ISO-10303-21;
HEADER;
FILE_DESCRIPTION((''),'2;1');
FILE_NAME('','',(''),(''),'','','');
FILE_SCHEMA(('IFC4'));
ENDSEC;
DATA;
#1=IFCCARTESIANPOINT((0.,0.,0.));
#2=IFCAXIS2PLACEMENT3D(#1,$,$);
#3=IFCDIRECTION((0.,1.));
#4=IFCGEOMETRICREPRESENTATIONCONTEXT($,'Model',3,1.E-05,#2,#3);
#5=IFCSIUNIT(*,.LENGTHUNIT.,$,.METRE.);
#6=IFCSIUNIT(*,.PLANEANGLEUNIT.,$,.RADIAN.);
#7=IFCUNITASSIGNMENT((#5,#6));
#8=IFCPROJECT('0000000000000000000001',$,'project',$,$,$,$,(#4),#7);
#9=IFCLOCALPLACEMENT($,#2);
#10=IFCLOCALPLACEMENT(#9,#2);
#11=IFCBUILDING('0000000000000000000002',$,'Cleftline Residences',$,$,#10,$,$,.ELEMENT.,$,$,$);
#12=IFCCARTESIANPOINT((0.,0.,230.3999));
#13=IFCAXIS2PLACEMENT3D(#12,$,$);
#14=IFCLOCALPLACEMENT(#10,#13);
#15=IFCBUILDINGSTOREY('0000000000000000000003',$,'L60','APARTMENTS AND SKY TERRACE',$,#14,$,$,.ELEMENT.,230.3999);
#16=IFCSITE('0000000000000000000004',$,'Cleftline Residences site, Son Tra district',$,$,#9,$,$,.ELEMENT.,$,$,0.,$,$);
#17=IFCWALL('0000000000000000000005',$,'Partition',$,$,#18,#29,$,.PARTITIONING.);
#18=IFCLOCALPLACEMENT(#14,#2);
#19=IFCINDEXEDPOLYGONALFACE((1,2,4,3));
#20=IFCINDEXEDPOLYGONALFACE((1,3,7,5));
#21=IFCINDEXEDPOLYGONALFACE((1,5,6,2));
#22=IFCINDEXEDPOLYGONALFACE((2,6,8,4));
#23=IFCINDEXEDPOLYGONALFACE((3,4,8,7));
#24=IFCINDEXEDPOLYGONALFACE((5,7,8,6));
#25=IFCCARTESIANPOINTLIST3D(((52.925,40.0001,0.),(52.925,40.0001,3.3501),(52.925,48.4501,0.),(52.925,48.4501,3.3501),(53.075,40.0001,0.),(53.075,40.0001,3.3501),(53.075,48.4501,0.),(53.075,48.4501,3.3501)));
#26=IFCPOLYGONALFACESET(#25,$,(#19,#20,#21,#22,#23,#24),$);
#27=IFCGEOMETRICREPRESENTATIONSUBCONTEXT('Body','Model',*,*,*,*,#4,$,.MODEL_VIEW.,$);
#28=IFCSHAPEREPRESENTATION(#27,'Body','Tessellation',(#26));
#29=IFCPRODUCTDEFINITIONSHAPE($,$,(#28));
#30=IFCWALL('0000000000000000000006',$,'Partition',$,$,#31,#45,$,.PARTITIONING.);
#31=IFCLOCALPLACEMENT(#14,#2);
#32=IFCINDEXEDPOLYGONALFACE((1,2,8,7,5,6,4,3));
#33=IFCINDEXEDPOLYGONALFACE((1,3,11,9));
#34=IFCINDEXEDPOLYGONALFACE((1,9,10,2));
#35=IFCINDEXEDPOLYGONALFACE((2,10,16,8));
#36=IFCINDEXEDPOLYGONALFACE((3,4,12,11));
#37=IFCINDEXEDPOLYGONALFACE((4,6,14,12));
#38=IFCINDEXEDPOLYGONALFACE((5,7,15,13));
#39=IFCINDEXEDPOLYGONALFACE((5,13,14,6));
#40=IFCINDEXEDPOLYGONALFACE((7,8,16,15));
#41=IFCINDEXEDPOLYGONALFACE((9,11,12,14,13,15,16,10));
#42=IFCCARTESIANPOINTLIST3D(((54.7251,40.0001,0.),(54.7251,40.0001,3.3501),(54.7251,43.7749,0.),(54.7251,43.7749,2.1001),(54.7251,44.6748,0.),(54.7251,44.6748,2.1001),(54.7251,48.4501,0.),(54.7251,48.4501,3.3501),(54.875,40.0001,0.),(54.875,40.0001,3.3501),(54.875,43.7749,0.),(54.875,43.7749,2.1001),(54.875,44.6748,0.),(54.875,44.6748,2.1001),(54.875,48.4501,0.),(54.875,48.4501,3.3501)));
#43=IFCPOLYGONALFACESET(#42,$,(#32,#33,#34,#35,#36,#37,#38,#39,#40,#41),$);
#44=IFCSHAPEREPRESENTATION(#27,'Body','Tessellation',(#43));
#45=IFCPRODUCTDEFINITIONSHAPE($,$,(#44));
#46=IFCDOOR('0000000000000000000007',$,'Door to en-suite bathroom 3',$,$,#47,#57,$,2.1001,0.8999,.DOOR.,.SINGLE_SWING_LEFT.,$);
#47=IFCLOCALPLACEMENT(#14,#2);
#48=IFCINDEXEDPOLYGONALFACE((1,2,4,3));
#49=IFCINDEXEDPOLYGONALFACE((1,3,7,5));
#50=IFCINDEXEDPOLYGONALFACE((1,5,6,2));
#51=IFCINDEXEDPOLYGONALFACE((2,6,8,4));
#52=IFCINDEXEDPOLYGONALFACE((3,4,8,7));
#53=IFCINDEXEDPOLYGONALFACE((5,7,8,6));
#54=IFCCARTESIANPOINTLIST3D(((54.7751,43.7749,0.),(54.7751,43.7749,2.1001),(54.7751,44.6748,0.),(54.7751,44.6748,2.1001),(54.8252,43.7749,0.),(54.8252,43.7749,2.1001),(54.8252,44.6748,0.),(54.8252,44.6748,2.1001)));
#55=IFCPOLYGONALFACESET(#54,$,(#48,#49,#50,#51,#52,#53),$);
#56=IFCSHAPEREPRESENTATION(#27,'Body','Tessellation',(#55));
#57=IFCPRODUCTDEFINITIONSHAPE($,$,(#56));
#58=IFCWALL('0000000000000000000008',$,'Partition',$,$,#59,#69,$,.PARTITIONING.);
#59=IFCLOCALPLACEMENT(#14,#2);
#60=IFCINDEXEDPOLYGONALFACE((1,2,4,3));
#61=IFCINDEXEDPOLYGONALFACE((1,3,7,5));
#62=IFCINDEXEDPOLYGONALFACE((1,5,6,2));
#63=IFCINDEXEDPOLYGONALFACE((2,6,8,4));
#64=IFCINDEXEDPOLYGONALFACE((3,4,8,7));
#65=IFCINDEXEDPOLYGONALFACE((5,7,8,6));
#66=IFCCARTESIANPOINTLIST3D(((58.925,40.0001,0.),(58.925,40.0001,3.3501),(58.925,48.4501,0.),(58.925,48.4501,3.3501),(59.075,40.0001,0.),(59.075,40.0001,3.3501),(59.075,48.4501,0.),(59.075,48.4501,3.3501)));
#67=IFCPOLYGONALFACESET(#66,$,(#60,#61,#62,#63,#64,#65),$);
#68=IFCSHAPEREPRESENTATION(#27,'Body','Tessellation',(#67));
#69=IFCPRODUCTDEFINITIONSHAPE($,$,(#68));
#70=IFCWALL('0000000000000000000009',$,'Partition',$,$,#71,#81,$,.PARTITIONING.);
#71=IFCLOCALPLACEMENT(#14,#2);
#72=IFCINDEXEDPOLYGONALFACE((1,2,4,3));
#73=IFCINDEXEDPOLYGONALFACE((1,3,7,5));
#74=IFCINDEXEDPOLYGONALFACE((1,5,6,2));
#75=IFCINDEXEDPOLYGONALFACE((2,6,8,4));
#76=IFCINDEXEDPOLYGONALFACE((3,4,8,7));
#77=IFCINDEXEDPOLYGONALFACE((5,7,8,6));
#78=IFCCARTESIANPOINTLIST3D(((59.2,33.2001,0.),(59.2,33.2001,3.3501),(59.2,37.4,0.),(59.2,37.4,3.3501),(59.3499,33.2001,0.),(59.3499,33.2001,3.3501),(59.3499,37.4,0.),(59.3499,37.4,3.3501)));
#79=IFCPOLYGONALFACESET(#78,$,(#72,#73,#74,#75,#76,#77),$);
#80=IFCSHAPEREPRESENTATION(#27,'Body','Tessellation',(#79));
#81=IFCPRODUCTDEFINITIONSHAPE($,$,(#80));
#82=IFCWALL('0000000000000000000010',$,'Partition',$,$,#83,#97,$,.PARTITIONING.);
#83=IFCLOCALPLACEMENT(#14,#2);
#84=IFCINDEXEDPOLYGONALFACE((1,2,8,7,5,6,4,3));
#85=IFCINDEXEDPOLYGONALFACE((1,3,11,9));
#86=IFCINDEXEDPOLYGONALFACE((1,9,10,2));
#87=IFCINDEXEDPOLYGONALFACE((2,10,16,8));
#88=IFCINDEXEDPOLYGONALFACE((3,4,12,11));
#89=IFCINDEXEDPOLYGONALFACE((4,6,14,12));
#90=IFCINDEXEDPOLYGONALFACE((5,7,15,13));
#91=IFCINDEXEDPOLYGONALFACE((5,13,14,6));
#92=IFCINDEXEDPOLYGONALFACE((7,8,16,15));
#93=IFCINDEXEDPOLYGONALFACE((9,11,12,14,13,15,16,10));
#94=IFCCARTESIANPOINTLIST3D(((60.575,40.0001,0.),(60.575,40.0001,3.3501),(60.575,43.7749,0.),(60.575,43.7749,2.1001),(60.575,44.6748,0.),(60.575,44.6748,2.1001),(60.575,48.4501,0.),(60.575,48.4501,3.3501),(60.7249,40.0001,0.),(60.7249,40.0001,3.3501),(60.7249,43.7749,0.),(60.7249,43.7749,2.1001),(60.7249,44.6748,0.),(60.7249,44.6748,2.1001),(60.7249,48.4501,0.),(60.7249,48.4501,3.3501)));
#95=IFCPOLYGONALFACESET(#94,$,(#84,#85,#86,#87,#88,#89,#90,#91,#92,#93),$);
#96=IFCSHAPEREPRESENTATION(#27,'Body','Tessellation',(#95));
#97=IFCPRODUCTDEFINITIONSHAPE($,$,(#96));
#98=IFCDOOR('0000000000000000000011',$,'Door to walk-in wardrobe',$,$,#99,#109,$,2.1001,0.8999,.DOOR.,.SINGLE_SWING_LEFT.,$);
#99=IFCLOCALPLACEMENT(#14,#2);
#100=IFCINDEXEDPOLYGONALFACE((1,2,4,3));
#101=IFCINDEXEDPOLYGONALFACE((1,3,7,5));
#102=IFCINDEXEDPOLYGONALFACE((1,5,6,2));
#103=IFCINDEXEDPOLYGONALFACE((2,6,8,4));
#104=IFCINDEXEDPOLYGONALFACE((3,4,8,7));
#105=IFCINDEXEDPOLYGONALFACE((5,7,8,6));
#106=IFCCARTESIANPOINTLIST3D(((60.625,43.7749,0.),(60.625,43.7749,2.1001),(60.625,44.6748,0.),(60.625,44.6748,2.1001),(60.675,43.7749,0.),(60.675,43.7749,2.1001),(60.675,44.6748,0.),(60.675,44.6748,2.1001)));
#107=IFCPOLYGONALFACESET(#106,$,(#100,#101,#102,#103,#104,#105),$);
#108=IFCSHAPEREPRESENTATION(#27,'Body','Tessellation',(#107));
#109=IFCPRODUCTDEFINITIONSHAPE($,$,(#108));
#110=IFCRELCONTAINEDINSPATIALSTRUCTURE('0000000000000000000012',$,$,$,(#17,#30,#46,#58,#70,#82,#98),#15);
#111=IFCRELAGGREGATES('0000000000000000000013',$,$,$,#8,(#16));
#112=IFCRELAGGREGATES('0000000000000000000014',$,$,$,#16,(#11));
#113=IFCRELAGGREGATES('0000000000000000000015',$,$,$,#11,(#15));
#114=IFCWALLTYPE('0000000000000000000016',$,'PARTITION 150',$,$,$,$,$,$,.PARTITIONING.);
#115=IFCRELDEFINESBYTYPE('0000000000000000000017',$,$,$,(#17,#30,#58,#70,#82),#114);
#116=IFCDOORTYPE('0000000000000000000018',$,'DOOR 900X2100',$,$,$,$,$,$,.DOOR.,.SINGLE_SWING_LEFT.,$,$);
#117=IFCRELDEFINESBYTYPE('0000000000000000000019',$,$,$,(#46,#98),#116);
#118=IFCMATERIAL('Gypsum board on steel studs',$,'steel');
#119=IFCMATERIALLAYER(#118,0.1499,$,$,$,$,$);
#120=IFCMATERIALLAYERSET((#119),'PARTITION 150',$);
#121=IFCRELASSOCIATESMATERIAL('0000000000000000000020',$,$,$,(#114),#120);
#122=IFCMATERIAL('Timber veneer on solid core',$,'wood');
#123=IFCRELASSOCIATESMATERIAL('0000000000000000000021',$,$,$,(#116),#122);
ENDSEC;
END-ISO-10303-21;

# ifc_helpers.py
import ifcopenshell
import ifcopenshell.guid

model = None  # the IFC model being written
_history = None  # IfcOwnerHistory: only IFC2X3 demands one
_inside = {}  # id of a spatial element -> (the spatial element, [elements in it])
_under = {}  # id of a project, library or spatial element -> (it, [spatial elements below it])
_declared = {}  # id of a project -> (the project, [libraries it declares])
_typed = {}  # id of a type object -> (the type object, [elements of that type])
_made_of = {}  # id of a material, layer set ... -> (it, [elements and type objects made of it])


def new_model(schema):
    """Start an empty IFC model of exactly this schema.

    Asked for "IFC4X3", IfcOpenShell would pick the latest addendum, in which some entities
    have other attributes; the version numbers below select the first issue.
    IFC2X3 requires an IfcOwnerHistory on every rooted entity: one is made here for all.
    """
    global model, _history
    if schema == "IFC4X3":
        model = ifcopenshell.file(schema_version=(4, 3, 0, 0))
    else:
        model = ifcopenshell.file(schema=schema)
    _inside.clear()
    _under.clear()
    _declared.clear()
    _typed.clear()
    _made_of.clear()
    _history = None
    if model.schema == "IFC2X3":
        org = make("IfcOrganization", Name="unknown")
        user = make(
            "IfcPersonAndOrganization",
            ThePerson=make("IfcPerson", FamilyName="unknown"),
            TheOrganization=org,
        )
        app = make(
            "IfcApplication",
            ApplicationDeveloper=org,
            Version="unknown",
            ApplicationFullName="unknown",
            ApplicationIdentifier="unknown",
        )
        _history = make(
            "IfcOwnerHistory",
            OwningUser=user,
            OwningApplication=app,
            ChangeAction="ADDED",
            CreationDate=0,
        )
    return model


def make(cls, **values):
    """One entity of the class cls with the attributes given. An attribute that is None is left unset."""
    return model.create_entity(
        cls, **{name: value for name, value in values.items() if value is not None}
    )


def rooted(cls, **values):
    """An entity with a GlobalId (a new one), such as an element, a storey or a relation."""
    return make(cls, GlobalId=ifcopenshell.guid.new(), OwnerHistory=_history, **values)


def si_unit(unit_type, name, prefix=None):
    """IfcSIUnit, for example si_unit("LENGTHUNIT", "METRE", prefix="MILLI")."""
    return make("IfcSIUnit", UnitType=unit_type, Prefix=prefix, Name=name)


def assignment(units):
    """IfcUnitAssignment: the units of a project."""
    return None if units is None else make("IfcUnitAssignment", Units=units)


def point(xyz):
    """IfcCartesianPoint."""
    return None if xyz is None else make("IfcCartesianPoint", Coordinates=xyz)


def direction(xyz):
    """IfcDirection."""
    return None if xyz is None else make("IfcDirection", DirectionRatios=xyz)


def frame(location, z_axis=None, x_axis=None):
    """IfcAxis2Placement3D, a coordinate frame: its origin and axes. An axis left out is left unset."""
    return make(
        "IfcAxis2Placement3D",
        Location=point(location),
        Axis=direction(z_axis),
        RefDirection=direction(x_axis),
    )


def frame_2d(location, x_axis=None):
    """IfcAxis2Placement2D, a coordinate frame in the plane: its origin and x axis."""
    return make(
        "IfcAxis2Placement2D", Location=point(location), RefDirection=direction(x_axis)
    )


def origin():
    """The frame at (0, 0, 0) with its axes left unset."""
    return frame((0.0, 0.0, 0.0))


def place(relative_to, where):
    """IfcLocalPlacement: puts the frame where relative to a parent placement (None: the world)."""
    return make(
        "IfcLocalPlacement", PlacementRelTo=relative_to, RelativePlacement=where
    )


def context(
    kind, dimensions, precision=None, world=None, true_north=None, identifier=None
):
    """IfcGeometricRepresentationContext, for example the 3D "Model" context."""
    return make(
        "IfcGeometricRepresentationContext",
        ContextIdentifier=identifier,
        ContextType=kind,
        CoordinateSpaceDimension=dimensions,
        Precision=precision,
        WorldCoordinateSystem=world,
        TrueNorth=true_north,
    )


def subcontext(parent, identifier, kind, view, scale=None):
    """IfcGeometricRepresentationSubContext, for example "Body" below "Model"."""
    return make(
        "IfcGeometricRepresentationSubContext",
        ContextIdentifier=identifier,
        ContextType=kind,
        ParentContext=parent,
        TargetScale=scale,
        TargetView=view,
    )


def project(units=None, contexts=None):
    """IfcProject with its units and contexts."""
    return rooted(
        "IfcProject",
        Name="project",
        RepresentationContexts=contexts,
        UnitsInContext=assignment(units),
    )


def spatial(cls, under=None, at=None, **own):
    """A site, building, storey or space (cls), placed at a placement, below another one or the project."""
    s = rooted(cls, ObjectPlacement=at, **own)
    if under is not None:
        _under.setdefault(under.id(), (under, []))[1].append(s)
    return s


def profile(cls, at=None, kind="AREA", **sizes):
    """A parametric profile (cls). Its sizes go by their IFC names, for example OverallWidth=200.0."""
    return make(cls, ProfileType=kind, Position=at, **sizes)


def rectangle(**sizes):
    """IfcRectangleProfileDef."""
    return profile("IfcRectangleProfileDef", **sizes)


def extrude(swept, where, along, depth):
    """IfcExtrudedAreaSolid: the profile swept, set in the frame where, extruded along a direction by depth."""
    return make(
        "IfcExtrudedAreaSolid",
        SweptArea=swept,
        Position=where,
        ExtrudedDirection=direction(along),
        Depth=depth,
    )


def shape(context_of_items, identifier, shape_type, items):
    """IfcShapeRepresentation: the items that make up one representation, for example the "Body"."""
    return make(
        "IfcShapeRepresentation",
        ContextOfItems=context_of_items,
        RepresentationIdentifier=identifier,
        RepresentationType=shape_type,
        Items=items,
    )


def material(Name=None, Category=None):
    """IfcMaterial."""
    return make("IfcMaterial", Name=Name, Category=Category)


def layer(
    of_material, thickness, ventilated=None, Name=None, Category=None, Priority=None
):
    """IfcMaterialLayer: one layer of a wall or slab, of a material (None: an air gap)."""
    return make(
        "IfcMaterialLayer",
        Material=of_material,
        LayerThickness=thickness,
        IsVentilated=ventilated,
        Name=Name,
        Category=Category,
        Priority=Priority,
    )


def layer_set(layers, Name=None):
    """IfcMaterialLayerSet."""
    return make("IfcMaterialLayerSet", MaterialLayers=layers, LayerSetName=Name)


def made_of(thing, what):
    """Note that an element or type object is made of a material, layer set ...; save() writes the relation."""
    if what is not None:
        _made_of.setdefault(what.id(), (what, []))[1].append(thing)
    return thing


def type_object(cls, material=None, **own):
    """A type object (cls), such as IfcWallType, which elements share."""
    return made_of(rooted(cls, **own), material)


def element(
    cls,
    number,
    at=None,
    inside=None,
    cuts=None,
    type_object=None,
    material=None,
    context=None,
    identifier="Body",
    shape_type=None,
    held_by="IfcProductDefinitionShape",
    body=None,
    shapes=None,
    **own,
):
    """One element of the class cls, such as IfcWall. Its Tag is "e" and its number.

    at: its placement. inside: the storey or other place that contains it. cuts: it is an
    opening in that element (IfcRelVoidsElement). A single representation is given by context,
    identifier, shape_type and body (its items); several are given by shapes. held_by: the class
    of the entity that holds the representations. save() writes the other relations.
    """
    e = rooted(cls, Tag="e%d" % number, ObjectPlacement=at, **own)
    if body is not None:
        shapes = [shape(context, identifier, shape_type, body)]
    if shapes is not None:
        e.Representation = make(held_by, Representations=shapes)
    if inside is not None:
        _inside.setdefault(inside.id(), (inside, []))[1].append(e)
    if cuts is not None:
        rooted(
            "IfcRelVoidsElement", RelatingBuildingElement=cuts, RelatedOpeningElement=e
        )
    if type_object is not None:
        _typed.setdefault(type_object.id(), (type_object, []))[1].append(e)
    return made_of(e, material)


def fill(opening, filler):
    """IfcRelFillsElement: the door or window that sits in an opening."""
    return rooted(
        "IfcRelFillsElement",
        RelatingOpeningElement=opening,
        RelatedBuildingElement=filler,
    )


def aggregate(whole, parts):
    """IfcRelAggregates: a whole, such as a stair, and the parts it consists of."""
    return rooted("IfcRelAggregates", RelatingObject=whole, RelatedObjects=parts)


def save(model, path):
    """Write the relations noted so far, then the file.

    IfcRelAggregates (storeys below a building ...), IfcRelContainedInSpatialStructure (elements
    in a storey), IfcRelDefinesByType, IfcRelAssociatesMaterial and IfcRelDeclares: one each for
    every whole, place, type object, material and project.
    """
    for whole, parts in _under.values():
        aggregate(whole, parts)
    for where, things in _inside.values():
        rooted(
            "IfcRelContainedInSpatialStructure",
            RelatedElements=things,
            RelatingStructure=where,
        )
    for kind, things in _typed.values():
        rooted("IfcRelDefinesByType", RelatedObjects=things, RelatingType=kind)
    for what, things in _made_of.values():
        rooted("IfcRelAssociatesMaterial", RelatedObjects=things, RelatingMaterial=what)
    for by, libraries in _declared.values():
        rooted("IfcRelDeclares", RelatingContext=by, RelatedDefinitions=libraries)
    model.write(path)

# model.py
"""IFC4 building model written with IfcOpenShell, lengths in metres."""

from ifc_helpers import new_model, si_unit, direction, frame, frame_2d, origin, place, context, subcontext, project, spatial, rectangle, extrude, material, layer, layer_set, type_object, element, fill, save


model = new_model("IFC4")

# Units and contexts
model_context = context("Model", 3, precision=1e-05, world=origin(), true_north=direction((0.0, 1.0)))
body_context = subcontext(model_context, "Body", "Model", "MODEL_VIEW")
ifc_project = project(units=[si_unit("LENGTHUNIT", "METRE"), si_unit("PLANEANGLEUNIT", "RADIAN")], contexts=[model_context])

# Site, building, storey
site_placement = place(None, origin())
site = spatial("IfcSite", under=ifc_project, at=site_placement, Name="Cleftline Residences site, Son Tra district", CompositionType="ELEMENT", RefElevation=0.0)
building_placement = place(site_placement, origin())
building = spatial("IfcBuilding", under=site, at=building_placement, Name="Cleftline Residences", CompositionType="ELEMENT")
storey_placement = place(building_placement, frame((0.0, 0.0, 230.3999)))
storey = spatial("IfcBuildingStorey", under=building, at=storey_placement, Name="L60", Description="APARTMENTS AND SKY TERRACE", CompositionType="ELEMENT", Elevation=230.3999)

# Shared definitions
ifc_material_1 = material(Name="Gypsum board on steel studs", Category="steel")
ifc_layer_1 = layer(ifc_material_1, 0.1499)
ifc_layer_set_1 = layer_set([ifc_layer_1], Name="PARTITION 150")
wall_type_1 = type_object("IfcWallType", Name="PARTITION 150", PredefinedType="PARTITIONING", material=ifc_layer_set_1)

# Wall
wall_1_placement = place(storey_placement, frame((53.0, 40.0, 0.0), z_axis=(0.0, 0.0, 1.0), x_axis=(0.0, 1.0, 0.0)))
element("IfcWall", 1, at=wall_1_placement, inside=storey, type_object=wall_type_1, Name="Partition", PredefinedType="PARTITIONING", context=body_context, shape_type="SweptSolid", body=[
    extrude(rectangle(XDim=8.45, YDim=0.1499, at=frame_2d((4.2251, 0.0))), origin(), (0.0, 0.0, 1.0), 3.3501),
])

# Wall, opening, door
wall_2_placement = place(storey_placement, frame((54.8, 40.0, 0.0), z_axis=(0.0, 0.0, 1.0), x_axis=(0.0, 1.0, 0.0)))
wall_2 = element("IfcWall", 2, at=wall_2_placement, inside=storey, type_object=wall_type_1, Name="Partition", PredefinedType="PARTITIONING", context=body_context, shape_type="SweptSolid", body=[
    extrude(rectangle(XDim=8.45, YDim=0.1499, at=frame_2d((4.2251, 0.0))), origin(), (0.0, 0.0, 1.0), 3.3501),
])
opening_1_placement = place(wall_2_placement, frame((3.7749, 0.0, 0.0)))
opening_1 = element("IfcOpeningElement", 3, at=opening_1_placement, cuts=wall_2, PredefinedType="OPENING", context=body_context, shape_type="SweptSolid", body=[
    extrude(rectangle(XDim=0.8999, YDim=2.1001, at=frame_2d((0.45, 1.05))), frame((0.0, 0.085, 0.0), z_axis=(0.0, -1.0, 0.0), x_axis=(1.0, 0.0, 0.0)), (0.0, 0.0, 1.0), 0.1699),
])
ifc_material_2 = material(Name="Timber veneer on solid core", Category="wood")
door_type_1 = type_object("IfcDoorType", Name="DOOR 900X2100", OperationType="SINGLE_SWING_LEFT", PredefinedType="DOOR", material=ifc_material_2)
door_1_placement = place(opening_1_placement, origin())
door_1 = element("IfcDoor", 4, at=door_1_placement, inside=storey, type_object=door_type_1, Name="Door to en-suite bathroom 3", OperationType="SINGLE_SWING_LEFT", OverallHeight=2.1001, OverallWidth=0.8999, PredefinedType="DOOR", context=body_context, shape_type="SweptSolid", body=[
    extrude(rectangle(XDim=0.8999, YDim=2.1001, at=frame_2d((0.45, 1.05))), frame((0.0, 0.0249, 0.0), z_axis=(0.0, -1.0, 0.0), x_axis=(1.0, 0.0, 0.0)), (0.0, 0.0, 1.0), 0.05),
])
fill(opening_1, door_1)

# Walls
wall_3_placement = place(storey_placement, frame((59.0, 40.0, 0.0), z_axis=(0.0, 0.0, 1.0), x_axis=(0.0, 1.0, 0.0)))
element("IfcWall", 5, at=wall_3_placement, inside=storey, type_object=wall_type_1, Name="Partition", PredefinedType="PARTITIONING", context=body_context, shape_type="SweptSolid", body=[
    extrude(rectangle(XDim=8.45, YDim=0.1499, at=frame_2d((4.2251, 0.0))), origin(), (0.0, 0.0, 1.0), 3.3501),
])
wall_4_placement = place(storey_placement, frame((59.2749, 33.2, 0.0), z_axis=(0.0, 0.0, 1.0), x_axis=(0.0, 1.0, 0.0)))
element("IfcWall", 6, at=wall_4_placement, inside=storey, type_object=wall_type_1, Name="Partition", PredefinedType="PARTITIONING", context=body_context, shape_type="SweptSolid", body=[
    extrude(rectangle(XDim=4.2, YDim=0.1499, at=frame_2d((2.1001, 0.0))), origin(), (0.0, 0.0, 1.0), 3.3501),
])

# Wall, opening, door
wall_5_placement = place(storey_placement, frame((60.6499, 40.0, 0.0), z_axis=(0.0, 0.0, 1.0), x_axis=(0.0, 1.0, 0.0)))
wall_5 = element("IfcWall", 7, at=wall_5_placement, inside=storey, type_object=wall_type_1, Name="Partition", PredefinedType="PARTITIONING", context=body_context, shape_type="SweptSolid", body=[
    extrude(rectangle(XDim=8.45, YDim=0.1499, at=frame_2d((4.2251, 0.0))), origin(), (0.0, 0.0, 1.0), 3.3501),
])
opening_2_placement = place(wall_5_placement, frame((3.7749, 0.0, 0.0)))
opening_2 = element("IfcOpeningElement", 8, at=opening_2_placement, cuts=wall_5, PredefinedType="OPENING", context=body_context, shape_type="SweptSolid", body=[
    extrude(rectangle(XDim=0.8999, YDim=2.1001, at=frame_2d((0.45, 1.05))), frame((0.0, 0.085, 0.0), z_axis=(0.0, -1.0, 0.0), x_axis=(1.0, 0.0, 0.0)), (0.0, 0.0, 1.0), 0.1699),
])
door_2_placement = place(opening_2_placement, origin())
door_2 = element("IfcDoor", 9, at=door_2_placement, inside=storey, type_object=door_type_1, Name="Door to walk-in wardrobe", OperationType="SINGLE_SWING_LEFT", OverallHeight=2.1001, OverallWidth=0.8999, PredefinedType="DOOR", context=body_context, shape_type="SweptSolid", body=[
    extrude(rectangle(XDim=0.8999, YDim=2.1001, at=frame_2d((0.45, 1.05))), frame((0.0, 0.0249, 0.0), z_axis=(0.0, -1.0, 0.0), x_axis=(1.0, 0.0, 0.0)), (0.0, 0.0, 1.0), 0.05),
])
fill(opening_2, door_2)

save(model, "model.ifc")
